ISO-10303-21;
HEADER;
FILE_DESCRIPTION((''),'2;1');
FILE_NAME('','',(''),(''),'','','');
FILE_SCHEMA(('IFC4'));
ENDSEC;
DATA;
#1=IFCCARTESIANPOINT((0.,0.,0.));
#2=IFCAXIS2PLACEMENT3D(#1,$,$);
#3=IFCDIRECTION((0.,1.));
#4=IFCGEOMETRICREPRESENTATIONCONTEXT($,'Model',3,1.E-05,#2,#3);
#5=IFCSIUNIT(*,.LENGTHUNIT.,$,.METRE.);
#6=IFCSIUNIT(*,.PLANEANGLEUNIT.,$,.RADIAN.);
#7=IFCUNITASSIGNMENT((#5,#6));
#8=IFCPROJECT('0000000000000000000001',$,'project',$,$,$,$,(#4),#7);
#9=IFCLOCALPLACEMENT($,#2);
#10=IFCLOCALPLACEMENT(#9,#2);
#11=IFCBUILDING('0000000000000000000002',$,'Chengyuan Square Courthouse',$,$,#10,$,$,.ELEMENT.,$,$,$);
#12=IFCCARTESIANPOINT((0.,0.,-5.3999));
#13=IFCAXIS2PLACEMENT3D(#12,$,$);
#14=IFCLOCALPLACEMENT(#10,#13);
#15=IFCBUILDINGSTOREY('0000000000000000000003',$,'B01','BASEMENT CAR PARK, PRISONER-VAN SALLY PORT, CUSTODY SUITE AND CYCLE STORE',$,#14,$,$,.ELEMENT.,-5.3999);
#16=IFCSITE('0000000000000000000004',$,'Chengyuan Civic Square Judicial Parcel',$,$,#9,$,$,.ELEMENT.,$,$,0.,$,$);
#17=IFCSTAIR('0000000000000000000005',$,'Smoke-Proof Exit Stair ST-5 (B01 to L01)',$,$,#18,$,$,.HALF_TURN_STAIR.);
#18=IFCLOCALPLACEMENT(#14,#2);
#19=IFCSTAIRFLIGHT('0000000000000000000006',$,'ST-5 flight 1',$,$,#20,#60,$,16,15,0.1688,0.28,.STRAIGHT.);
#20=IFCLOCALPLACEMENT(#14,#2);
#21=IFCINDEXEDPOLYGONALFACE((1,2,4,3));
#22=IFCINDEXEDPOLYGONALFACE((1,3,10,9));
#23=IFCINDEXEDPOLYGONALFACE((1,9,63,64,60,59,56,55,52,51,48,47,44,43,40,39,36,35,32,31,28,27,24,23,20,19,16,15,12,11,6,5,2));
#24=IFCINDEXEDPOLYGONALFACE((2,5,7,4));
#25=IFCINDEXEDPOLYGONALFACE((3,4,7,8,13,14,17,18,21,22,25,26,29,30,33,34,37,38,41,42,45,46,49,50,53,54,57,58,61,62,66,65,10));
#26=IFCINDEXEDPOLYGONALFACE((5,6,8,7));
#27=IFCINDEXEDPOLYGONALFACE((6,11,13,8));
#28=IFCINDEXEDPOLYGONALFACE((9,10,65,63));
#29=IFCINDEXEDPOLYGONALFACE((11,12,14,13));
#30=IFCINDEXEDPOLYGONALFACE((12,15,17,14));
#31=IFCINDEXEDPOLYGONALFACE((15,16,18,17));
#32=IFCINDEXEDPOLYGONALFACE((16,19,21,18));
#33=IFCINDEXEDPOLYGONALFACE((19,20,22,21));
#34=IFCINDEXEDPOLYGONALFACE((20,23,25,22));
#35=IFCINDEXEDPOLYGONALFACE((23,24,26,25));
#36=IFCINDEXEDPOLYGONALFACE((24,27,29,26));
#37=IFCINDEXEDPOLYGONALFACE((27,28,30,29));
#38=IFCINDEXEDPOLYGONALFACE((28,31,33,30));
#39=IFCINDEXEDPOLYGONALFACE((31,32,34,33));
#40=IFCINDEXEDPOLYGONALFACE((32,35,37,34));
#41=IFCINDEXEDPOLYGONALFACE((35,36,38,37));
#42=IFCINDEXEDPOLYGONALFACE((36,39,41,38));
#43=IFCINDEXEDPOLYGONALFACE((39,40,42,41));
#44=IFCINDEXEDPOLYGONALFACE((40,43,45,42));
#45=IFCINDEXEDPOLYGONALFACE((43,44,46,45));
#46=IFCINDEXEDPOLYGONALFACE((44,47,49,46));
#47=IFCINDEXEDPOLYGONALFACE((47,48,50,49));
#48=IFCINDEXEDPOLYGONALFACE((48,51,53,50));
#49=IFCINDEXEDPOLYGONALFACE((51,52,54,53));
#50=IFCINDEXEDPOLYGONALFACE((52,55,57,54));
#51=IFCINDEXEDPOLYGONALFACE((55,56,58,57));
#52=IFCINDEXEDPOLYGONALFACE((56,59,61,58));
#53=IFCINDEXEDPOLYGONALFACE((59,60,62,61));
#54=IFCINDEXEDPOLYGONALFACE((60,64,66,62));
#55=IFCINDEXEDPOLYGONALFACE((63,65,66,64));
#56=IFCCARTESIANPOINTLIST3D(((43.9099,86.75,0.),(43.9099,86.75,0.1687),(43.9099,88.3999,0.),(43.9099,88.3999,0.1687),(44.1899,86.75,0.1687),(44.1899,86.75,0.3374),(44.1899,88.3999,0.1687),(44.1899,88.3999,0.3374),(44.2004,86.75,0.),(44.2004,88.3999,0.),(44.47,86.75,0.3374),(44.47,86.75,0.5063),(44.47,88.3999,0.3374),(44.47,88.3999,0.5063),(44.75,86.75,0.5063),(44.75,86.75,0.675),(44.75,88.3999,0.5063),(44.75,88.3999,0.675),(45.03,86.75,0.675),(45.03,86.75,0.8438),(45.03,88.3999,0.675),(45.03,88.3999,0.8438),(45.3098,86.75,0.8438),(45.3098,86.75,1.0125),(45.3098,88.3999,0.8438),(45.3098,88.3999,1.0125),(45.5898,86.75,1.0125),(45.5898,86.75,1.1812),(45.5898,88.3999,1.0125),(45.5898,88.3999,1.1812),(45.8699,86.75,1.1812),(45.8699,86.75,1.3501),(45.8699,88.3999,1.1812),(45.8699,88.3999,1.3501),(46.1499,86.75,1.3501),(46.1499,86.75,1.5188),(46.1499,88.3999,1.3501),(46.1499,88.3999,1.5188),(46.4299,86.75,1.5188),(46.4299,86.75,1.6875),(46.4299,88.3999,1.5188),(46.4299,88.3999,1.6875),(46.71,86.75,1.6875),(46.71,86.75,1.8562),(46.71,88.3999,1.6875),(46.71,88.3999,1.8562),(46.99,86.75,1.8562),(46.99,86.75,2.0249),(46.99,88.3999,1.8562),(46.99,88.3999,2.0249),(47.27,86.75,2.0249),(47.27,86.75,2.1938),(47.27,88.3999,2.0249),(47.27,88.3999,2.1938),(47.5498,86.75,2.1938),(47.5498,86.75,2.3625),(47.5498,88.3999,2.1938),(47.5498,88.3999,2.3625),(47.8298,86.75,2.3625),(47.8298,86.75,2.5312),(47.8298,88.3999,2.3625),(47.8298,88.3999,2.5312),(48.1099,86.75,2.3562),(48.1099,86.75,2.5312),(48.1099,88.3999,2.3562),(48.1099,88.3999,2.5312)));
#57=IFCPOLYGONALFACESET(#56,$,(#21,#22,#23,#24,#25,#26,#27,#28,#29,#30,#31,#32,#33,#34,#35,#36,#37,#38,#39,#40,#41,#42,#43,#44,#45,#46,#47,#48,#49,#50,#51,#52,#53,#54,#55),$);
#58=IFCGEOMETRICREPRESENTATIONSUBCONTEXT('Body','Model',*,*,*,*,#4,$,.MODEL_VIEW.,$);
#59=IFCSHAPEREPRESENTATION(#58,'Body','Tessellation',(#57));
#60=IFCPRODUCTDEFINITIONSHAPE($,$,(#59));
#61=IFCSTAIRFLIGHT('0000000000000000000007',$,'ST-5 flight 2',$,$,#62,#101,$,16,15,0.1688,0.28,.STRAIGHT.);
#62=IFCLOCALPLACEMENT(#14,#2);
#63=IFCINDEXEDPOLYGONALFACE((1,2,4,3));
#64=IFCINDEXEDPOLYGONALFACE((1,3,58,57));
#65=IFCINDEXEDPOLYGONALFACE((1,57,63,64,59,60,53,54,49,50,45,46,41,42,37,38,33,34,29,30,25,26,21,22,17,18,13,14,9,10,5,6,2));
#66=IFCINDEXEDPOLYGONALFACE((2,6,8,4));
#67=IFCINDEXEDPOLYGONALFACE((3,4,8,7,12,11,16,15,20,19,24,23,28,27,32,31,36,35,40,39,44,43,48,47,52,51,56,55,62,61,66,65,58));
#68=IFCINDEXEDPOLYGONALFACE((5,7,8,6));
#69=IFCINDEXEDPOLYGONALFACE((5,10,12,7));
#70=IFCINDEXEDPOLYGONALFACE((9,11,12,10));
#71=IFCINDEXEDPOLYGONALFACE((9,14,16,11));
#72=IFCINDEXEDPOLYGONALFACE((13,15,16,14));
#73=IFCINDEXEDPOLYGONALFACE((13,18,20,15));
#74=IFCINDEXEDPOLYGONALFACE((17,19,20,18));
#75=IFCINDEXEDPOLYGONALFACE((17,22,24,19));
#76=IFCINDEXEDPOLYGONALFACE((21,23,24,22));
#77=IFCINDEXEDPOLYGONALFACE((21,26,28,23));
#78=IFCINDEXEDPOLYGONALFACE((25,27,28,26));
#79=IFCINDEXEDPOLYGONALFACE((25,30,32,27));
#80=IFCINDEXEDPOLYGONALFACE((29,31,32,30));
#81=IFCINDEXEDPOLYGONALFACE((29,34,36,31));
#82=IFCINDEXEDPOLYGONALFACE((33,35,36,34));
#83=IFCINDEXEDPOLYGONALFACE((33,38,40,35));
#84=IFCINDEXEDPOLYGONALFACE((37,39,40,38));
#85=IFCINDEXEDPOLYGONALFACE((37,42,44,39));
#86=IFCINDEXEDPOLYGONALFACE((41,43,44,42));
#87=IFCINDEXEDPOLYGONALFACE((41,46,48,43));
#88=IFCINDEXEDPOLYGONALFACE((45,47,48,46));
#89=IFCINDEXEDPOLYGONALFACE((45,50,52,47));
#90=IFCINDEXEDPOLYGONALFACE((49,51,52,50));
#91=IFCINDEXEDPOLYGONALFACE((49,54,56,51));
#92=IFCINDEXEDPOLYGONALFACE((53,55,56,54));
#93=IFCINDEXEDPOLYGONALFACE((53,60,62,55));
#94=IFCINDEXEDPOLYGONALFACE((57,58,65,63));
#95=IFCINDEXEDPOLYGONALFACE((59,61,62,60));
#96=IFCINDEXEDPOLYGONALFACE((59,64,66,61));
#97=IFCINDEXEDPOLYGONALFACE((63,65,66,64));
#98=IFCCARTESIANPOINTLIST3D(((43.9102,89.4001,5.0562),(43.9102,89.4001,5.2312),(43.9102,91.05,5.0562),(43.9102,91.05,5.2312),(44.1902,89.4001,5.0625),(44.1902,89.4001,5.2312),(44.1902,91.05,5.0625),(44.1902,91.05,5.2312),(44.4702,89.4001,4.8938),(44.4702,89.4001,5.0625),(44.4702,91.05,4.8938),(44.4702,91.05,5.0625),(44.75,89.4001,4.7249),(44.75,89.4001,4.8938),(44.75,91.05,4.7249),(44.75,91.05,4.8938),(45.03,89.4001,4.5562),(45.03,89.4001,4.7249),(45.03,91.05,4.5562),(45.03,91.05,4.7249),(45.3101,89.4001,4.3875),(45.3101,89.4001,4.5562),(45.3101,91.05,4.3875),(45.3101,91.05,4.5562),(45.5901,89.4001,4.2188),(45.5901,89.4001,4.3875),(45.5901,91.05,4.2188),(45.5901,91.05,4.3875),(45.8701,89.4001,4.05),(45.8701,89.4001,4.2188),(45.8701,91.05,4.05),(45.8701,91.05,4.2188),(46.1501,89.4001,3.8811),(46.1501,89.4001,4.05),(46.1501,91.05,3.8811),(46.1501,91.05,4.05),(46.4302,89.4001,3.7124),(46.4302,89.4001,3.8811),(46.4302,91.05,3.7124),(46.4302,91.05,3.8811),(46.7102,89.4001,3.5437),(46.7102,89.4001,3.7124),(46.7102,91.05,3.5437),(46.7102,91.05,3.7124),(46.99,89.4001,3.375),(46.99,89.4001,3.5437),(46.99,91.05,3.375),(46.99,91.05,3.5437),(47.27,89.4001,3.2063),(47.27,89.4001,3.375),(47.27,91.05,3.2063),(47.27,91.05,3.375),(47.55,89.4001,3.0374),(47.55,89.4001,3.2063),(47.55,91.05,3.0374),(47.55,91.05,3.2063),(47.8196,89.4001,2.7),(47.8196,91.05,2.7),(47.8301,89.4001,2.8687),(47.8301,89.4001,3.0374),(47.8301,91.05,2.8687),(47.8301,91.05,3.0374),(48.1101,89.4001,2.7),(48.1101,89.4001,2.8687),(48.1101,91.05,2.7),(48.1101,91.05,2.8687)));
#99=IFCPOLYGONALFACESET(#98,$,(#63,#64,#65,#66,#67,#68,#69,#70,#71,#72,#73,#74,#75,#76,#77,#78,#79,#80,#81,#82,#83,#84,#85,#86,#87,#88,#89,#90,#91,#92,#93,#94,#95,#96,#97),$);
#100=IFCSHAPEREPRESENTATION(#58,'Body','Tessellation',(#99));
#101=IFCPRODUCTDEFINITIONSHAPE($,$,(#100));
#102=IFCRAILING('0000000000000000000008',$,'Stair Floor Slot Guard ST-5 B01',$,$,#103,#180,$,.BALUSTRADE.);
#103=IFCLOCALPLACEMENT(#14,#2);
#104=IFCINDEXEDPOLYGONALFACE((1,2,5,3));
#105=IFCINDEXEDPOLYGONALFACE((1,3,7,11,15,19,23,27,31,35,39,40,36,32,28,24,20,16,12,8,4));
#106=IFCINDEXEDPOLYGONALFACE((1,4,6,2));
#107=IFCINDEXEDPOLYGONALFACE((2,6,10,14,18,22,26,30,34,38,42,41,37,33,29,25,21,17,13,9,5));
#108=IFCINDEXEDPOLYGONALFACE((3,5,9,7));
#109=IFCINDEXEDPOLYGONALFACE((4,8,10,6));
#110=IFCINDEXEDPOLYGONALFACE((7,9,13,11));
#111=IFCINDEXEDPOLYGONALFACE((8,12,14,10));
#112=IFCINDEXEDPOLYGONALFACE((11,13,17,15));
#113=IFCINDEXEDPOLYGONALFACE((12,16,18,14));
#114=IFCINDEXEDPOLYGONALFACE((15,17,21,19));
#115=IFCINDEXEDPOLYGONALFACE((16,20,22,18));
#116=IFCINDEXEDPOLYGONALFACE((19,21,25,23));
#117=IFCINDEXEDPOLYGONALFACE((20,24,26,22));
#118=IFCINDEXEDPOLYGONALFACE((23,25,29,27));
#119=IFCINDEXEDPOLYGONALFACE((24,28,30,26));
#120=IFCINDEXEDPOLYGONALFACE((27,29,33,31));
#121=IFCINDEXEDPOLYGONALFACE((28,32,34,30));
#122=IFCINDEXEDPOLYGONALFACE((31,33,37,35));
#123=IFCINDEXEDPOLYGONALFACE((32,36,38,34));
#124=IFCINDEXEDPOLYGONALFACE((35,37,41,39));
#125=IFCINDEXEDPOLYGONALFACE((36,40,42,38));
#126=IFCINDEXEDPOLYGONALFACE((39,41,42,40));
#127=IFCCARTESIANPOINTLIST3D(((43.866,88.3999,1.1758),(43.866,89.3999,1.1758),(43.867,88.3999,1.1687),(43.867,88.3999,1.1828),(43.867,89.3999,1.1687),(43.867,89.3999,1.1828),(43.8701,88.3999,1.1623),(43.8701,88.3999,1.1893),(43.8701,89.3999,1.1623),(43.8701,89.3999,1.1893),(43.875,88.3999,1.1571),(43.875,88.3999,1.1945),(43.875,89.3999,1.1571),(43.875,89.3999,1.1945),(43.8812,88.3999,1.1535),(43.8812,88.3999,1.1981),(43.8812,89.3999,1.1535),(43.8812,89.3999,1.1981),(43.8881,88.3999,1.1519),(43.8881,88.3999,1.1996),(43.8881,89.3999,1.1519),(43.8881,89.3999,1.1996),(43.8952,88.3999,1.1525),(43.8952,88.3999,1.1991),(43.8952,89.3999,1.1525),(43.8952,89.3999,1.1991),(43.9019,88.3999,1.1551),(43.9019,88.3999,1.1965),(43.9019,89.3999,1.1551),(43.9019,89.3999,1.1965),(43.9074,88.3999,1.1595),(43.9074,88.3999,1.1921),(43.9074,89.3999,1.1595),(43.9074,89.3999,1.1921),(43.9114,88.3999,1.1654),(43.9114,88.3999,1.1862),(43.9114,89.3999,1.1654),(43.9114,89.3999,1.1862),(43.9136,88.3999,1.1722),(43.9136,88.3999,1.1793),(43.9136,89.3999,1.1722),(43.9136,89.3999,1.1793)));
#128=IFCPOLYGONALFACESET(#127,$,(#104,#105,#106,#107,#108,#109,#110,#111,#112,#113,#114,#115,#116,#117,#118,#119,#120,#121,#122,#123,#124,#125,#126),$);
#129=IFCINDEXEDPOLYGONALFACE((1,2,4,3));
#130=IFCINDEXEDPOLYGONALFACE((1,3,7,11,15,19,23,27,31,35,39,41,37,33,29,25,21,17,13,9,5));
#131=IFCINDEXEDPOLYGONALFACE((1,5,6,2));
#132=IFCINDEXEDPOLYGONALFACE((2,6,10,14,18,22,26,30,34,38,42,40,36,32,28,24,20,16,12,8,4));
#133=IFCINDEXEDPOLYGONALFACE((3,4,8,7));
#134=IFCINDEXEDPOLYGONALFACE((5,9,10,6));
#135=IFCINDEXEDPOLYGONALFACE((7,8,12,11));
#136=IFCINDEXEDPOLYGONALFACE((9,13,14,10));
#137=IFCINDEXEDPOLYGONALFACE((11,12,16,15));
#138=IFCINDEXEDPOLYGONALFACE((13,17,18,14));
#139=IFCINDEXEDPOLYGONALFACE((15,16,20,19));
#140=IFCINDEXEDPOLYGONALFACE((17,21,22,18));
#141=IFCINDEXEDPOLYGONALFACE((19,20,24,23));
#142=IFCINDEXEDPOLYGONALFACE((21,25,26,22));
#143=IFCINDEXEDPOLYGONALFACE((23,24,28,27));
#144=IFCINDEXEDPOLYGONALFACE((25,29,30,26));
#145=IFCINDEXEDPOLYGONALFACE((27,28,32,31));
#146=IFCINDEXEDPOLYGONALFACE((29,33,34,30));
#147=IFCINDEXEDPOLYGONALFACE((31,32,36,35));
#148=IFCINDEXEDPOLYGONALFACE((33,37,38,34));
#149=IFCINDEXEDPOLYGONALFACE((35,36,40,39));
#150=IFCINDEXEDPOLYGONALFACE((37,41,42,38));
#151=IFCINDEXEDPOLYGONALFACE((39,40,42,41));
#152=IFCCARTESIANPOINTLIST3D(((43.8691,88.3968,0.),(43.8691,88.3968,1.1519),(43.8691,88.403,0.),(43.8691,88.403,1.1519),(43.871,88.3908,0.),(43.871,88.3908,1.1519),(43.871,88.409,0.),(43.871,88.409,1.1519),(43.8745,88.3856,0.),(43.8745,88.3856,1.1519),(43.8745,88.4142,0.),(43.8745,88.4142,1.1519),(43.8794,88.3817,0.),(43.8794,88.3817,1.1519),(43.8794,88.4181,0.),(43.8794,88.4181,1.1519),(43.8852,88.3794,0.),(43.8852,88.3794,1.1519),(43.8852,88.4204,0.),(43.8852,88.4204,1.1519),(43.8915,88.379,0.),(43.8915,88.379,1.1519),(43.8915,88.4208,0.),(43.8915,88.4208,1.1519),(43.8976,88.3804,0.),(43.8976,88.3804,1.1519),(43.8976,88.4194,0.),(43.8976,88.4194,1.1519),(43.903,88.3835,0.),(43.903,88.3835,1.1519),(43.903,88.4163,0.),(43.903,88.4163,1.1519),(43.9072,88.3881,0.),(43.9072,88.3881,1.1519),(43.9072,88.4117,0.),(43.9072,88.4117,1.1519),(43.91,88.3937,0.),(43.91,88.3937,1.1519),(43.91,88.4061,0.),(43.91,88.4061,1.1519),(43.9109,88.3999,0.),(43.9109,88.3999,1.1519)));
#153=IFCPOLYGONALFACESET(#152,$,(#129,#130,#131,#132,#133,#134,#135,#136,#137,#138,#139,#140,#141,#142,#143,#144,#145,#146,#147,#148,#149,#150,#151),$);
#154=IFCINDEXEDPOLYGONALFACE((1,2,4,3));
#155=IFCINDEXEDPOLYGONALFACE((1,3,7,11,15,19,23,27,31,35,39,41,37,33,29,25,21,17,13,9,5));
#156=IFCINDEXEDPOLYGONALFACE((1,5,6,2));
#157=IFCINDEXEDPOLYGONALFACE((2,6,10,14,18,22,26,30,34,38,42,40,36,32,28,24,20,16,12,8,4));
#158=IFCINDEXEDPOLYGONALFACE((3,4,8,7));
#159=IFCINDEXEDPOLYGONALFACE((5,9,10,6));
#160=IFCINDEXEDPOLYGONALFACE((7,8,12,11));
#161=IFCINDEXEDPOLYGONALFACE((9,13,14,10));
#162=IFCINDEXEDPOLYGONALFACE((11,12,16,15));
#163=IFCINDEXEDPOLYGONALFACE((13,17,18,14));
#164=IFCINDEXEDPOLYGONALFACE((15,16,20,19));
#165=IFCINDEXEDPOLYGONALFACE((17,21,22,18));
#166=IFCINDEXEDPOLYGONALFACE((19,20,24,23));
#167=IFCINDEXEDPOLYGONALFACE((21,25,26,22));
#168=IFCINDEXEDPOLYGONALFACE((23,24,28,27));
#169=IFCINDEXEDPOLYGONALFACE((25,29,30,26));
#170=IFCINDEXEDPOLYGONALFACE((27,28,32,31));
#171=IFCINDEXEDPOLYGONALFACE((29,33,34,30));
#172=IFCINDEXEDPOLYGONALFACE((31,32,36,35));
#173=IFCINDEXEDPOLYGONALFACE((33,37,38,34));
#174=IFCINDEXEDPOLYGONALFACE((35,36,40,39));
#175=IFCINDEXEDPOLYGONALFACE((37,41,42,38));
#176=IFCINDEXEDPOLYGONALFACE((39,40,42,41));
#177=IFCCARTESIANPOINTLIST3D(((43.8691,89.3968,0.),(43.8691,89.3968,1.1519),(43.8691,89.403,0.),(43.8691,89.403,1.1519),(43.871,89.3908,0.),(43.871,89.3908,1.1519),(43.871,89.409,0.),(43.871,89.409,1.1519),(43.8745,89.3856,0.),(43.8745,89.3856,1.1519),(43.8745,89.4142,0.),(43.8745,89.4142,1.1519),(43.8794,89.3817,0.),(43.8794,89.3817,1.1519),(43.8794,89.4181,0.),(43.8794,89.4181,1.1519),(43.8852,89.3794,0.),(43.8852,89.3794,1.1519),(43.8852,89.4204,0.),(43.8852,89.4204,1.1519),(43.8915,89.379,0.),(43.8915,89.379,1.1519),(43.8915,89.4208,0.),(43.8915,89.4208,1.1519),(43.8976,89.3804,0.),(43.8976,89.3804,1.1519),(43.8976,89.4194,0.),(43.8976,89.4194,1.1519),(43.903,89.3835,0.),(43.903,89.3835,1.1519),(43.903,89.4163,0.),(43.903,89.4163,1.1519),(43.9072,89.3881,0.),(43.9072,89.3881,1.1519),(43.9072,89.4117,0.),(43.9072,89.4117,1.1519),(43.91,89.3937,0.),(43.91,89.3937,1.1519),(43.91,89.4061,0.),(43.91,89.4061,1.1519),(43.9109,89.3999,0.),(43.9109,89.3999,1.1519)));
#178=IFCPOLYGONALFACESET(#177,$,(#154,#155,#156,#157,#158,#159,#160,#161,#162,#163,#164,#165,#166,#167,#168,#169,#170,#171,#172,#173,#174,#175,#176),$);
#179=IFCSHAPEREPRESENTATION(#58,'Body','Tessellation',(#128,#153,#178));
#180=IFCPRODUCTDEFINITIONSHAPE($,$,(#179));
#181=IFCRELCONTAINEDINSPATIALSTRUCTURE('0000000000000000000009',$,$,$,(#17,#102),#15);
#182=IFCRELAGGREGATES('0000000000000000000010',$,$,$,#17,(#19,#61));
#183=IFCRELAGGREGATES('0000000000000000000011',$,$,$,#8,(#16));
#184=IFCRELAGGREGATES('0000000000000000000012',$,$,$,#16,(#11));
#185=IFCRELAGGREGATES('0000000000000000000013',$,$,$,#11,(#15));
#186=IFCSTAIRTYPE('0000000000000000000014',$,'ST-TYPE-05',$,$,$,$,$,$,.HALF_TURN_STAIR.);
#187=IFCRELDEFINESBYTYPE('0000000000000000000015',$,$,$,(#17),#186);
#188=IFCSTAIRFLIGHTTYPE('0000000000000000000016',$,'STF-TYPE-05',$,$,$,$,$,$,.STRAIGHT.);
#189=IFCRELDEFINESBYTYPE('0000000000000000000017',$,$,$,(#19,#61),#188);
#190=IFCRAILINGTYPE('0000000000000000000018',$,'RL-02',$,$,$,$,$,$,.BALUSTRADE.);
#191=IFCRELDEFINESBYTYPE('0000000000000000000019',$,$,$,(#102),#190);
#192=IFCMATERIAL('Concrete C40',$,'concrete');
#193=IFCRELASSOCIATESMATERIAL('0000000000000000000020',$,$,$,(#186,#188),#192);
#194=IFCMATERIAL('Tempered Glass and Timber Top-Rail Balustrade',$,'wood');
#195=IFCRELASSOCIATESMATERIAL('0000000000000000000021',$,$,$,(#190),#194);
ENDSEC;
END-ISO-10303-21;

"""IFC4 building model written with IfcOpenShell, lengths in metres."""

from ifc_helpers import new_model, si_unit, direction, frame, origin, origin_2d, place, context, subcontext, project, spatial, polyline, circle, outline, extrude, material, type_object, element, aggregate, save


model = new_model("IFC4")

# Units and contexts
model_context = context("Model", 3, precision=1e-05, world=origin(), true_north=direction((0.0, 1.0)))
body_context = subcontext(model_context, "Body", "Model", "MODEL_VIEW")
ifc_project = project(units=[si_unit("LENGTHUNIT", "METRE"), si_unit("PLANEANGLEUNIT", "RADIAN")], contexts=[model_context])

# Site, building, storey
site_placement = place(None, origin())
site = spatial("IfcSite", under=ifc_project, at=site_placement, Name="Chengyuan Civic Square Judicial Parcel", CompositionType="ELEMENT", RefElevation=0.0)
building_placement = place(site_placement, origin())
building = spatial("IfcBuilding", under=site, at=building_placement, Name="Chengyuan Square Courthouse", CompositionType="ELEMENT")
storey_placement = place(building_placement, frame((0.0, 0.0, -5.3999)))
storey = spatial("IfcBuildingStorey", under=building, at=storey_placement, Name="B01", Description="BASEMENT CAR PARK, PRISONER-VAN SALLY PORT, CUSTODY SUITE AND CYCLE STORE", CompositionType="ELEMENT", Elevation=-5.3999)

# Shared definitions
ifc_material_1 = material(Name="Concrete C40", Category="concrete")

# Stair, stair flights
stair_type = type_object("IfcStairType", Name="ST-TYPE-05", PredefinedType="HALF_TURN_STAIR", material=ifc_material_1)
stair_placement = place(storey_placement, origin())
stair = element("IfcStair", 1, at=stair_placement, inside=storey, type_object=stair_type, Name="Smoke-Proof Exit Stair ST-5 (B01 to L01)", PredefinedType="HALF_TURN_STAIR")
stair_flight_type = type_object("IfcStairFlightType", Name="STF-TYPE-05", PredefinedType="STRAIGHT", material=ifc_material_1)
stair_flight_1_placement = place(storey_placement, frame((43.9099, 87.575, 0.0), z_axis=(0.0, 0.0, 1.0), x_axis=(1.0, 0.0, 0.0)))
stair_flight_1 = element("IfcStairFlight", 2, at=stair_flight_1_placement, type_object=stair_flight_type, Name="ST-5 flight 1", NumberOfRisers=16, NumberOfTreads=15, PredefinedType="STRAIGHT", RiserHeight=0.1688, TreadLength=0.28, context=body_context, shape_type="SweptSolid", body=[
    extrude(outline(polyline([(0.0, 0.0), (0.0, 0.1687), (0.28, 0.1687), (0.28, 0.3374), (0.5601, 0.3374), (0.5601, 0.5063), (0.8401, 0.5063), (0.8401, 0.675), (1.1201, 0.675), (1.1201, 0.8438), (1.3999, 0.8438), (1.3999, 1.0125), (1.6799, 1.0125), (1.6799, 1.1812), (1.96, 1.1812), (1.96, 1.3501), (2.24, 1.3501), (2.24, 1.5188), (2.52, 1.5188), (2.52, 1.6875), (2.8, 1.6875), (2.8, 1.8562), (3.0801, 1.8562), (3.0801, 2.0249), (3.3601, 2.0249), (3.3601, 2.1938), (3.6399, 2.1938), (3.6399, 2.3625), (3.9199, 2.3625), (3.9199, 2.5312), (4.2, 2.5312), (4.2, 2.7), (4.2, 2.3562), (0.2905, 0.0), (0.0, 0.0)])), frame((0.0, 0.825, 0.0), z_axis=(0.0, -1.0, 0.0), x_axis=(1.0, 0.0, 0.0)), (0.0, 0.0, 1.0), 1.6499),
])
stair_flight_2_placement = place(storey_placement, frame((48.1101, 90.2251, 2.7), z_axis=(0.0, 0.0, 1.0), x_axis=(-1.0, 0.0, 0.0)))
stair_flight_2 = element("IfcStairFlight", 3, at=stair_flight_2_placement, type_object=stair_flight_type, Name="ST-5 flight 2", NumberOfRisers=16, NumberOfTreads=15, PredefinedType="STRAIGHT", RiserHeight=0.1688, TreadLength=0.28, context=body_context, shape_type="SweptSolid", body=[
    extrude(outline(polyline([(0.0, 0.0), (0.0, 0.1687), (0.28, 0.1687), (0.28, 0.3374), (0.5601, 0.3374), (0.5601, 0.5063), (0.8401, 0.5063), (0.8401, 0.675), (1.1201, 0.675), (1.1201, 0.8438), (1.3999, 0.8438), (1.3999, 1.0125), (1.6799, 1.0125), (1.6799, 1.1812), (1.96, 1.1812), (1.96, 1.3501), (2.24, 1.3501), (2.24, 1.5188), (2.52, 1.5188), (2.52, 1.6875), (2.8, 1.6875), (2.8, 1.8562), (3.0801, 1.8562), (3.0801, 2.0249), (3.3601, 2.0249), (3.3601, 2.1938), (3.6399, 2.1938), (3.6399, 2.3625), (3.9199, 2.3625), (3.9199, 2.5312), (4.2, 2.5312), (4.2, 2.7), (4.2, 2.3562), (0.2905, 0.0), (0.0, 0.0)])), frame((0.0, 0.825, 0.0), z_axis=(0.0, -1.0, 0.0), x_axis=(1.0, 0.0, 0.0)), (0.0, 0.0, 1.0), 1.6499),
])
aggregate(stair, [stair_flight_1, stair_flight_2])

# Railing
ifc_material_2 = material(Name="Tempered Glass and Timber Top-Rail Balustrade", Category="wood")
railing_type_1 = type_object("IfcRailingType", Name="RL-02", PredefinedType="BALUSTRADE", material=ifc_material_2)
for number, where, name in (
    (4, (43.8899, 88.3999, 0.0), "Stair Floor Slot Guard ST-5 B01"),
):
    element("IfcRailing", number, at=place(storey_placement, frame(where)), inside=storey, type_object=railing_type_1, Name=name, PredefinedType="BALUSTRADE", context=body_context, shape_type="SweptSolid", body=[
        extrude(circle(Radius=0.0239, at=origin_2d()), frame((0.0, 0.0, 1.1758), z_axis=(0.0, 1.0, 0.0), x_axis=(-1.0, 0.0, 0.0)), (0.0, 0.0, 1.0), 1.0),
        extrude(circle(Radius=0.021, at=origin_2d()), origin(), (0.0, 0.0, 1.0), 1.1519),
        extrude(circle(Radius=0.021, at=origin_2d()), frame((0.0, 1.0, 0.0)), (0.0, 0.0, 1.0), 1.1519),
    ])

save(model, "model.ifc")
